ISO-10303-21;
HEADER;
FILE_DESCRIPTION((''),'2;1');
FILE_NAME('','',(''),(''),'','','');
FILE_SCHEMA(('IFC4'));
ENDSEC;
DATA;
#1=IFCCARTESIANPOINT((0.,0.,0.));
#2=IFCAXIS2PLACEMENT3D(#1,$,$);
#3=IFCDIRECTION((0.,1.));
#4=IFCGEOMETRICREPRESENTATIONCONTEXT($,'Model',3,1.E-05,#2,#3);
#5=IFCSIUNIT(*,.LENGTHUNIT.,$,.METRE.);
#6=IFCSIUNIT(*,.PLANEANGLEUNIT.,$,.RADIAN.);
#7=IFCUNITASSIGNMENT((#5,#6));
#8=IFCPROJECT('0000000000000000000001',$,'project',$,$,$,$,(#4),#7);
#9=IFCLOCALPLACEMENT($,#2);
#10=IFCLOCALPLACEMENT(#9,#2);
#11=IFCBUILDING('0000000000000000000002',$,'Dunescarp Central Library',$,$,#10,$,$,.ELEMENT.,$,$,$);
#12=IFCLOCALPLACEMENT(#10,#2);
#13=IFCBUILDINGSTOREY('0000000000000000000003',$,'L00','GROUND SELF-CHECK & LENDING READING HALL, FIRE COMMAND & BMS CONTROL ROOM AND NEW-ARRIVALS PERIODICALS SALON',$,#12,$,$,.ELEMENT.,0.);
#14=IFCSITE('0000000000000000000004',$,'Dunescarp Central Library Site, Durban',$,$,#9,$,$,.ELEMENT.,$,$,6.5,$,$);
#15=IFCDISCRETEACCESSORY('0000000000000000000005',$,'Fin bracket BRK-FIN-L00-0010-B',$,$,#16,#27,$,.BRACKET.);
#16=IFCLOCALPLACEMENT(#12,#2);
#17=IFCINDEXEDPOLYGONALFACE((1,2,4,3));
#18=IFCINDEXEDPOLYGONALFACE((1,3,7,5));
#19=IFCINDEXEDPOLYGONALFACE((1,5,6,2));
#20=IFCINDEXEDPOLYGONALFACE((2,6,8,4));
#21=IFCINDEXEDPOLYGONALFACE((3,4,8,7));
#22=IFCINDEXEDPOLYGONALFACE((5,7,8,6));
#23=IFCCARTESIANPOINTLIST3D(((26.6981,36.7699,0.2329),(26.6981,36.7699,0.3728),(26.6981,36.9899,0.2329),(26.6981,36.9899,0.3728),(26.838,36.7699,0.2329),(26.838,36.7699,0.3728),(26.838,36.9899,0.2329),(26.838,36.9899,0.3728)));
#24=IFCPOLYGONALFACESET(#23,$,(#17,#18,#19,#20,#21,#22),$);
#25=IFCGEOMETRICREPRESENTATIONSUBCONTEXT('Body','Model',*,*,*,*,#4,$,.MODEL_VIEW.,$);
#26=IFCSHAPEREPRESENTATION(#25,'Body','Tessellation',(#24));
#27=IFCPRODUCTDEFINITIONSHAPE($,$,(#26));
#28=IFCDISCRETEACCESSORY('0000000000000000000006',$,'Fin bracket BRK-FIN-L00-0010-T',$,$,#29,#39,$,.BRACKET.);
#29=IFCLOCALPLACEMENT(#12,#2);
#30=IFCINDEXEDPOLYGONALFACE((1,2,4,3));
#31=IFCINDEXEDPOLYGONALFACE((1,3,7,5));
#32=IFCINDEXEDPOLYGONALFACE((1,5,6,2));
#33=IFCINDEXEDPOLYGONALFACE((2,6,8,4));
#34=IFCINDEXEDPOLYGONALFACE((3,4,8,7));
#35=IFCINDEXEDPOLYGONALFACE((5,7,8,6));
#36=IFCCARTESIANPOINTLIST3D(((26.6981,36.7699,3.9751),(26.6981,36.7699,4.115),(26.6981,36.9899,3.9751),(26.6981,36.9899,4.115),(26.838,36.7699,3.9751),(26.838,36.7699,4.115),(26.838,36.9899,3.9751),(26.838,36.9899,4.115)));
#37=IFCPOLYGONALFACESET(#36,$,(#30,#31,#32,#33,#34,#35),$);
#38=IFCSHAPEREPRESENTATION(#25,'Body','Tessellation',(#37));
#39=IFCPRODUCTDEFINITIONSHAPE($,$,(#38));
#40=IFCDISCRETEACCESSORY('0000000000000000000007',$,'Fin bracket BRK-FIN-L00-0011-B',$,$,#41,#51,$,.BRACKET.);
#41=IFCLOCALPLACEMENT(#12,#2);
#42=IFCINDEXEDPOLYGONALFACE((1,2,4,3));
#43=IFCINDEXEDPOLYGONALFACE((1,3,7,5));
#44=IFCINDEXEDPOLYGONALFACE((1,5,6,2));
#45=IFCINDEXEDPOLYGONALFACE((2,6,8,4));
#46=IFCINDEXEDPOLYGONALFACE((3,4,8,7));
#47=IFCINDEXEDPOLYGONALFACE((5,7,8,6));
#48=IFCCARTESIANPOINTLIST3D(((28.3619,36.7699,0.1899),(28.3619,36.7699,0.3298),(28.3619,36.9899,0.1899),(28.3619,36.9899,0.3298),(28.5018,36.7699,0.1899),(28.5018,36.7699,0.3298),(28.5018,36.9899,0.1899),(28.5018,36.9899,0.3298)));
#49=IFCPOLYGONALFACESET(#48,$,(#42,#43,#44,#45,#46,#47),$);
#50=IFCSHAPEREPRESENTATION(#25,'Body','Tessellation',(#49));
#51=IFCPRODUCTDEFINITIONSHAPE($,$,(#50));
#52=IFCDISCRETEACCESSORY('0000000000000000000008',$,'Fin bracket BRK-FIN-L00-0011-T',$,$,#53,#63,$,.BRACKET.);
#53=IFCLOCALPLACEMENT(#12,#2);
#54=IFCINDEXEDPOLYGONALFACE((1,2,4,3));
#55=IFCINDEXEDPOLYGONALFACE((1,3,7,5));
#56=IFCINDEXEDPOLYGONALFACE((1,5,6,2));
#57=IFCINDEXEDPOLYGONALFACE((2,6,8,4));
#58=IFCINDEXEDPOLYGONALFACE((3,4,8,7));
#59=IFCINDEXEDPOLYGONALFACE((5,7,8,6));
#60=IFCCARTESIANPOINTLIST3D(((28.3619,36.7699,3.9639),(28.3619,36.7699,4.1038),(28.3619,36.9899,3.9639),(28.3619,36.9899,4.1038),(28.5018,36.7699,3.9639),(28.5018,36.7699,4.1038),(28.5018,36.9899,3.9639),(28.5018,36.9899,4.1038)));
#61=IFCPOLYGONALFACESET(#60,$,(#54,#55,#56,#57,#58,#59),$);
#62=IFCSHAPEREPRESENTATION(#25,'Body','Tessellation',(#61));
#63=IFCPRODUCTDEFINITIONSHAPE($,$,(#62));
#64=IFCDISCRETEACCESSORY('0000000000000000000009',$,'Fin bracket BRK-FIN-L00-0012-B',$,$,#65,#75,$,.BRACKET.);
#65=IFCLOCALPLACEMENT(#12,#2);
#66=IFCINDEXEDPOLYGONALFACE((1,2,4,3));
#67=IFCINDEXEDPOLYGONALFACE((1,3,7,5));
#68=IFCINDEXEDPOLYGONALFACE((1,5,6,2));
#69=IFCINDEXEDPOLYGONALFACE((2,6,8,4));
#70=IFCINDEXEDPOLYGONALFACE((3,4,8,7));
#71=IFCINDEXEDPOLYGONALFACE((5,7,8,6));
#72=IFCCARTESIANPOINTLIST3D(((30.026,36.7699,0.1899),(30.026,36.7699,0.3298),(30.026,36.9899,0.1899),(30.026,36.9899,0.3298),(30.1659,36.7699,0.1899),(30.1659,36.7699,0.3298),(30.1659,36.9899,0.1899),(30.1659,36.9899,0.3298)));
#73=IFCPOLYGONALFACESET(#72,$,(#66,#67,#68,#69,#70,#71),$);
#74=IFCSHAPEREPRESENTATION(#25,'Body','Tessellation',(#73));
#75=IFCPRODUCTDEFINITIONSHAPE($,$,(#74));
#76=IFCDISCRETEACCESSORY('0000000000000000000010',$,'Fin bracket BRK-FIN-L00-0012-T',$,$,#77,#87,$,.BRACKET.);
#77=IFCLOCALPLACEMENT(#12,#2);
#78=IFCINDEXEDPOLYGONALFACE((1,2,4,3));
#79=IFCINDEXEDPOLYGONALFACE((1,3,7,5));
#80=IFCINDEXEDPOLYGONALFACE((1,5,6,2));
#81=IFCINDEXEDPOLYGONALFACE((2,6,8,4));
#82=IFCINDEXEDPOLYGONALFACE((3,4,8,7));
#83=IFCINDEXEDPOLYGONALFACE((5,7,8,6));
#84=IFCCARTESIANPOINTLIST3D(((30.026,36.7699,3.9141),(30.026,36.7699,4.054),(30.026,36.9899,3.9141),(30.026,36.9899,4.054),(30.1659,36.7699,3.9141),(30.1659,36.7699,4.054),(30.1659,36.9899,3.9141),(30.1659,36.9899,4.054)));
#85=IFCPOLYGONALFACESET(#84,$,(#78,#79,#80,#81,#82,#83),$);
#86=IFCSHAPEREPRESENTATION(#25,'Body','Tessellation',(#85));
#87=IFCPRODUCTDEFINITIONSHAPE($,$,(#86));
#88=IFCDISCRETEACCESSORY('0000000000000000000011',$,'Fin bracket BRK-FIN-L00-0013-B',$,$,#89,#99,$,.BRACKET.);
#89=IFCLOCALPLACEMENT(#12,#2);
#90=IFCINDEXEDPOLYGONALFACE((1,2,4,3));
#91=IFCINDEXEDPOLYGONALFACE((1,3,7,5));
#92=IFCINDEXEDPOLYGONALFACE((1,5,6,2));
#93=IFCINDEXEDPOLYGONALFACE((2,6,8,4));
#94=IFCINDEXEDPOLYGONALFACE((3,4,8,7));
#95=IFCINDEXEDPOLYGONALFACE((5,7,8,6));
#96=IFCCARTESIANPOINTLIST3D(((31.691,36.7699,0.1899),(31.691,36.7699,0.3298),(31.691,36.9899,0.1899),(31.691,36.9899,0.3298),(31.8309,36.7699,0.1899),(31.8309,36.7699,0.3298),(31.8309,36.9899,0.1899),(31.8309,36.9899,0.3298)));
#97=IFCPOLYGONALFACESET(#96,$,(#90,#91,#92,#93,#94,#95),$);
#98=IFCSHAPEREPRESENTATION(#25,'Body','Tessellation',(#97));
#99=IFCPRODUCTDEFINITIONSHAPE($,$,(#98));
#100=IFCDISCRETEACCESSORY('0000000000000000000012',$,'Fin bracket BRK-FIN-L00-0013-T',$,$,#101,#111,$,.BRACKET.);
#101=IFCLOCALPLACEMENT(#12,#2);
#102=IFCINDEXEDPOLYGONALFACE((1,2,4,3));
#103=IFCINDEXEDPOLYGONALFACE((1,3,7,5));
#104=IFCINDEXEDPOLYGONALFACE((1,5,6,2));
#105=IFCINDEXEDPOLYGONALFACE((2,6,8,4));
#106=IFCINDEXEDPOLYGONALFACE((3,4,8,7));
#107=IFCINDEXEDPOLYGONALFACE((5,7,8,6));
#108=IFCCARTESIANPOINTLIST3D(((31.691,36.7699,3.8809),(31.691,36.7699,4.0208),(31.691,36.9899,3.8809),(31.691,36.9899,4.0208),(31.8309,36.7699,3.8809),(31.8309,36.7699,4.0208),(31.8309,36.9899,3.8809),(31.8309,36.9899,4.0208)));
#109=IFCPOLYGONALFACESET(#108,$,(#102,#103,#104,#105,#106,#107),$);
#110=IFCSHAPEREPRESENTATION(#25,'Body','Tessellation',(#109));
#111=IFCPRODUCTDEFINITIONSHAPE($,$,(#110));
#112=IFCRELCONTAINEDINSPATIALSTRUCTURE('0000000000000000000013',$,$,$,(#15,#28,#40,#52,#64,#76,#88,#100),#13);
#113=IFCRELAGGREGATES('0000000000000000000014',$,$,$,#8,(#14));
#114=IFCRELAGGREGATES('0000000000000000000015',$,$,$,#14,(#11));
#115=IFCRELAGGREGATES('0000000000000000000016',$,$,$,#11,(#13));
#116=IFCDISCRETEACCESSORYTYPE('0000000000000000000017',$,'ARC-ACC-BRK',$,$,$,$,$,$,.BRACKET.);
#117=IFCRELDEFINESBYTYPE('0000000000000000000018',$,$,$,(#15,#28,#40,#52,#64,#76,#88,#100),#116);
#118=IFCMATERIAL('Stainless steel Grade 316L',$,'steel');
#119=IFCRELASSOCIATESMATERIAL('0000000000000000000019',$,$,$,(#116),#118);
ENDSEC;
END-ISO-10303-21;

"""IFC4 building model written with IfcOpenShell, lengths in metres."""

from ifc_helpers import new_model, si_unit, direction, frame, origin, origin_2d, place, context, subcontext, project, spatial, rectangle, extrude, material, type_object, element, save


model = new_model("IFC4")

# Units and contexts
model_context = context("Model", 3, precision=1e-05, world=origin(), true_north=direction((0.0, 1.0)))
body_context = subcontext(model_context, "Body", "Model", "MODEL_VIEW")
ifc_project = project(units=[si_unit("LENGTHUNIT", "METRE"), si_unit("PLANEANGLEUNIT", "RADIAN")], contexts=[model_context])

# Site, building, storey
site_placement = place(None, origin())
site = spatial("IfcSite", under=ifc_project, at=site_placement, Name="Dunescarp Central Library Site, Durban", CompositionType="ELEMENT", RefElevation=6.5)
building_placement = place(site_placement, origin())
building = spatial("IfcBuilding", under=site, at=building_placement, Name="Dunescarp Central Library", CompositionType="ELEMENT")
storey_placement = place(building_placement, origin())
storey = spatial("IfcBuildingStorey", under=building, at=storey_placement, Name="L00", Description="GROUND SELF-CHECK & LENDING READING HALL, FIRE COMMAND & BMS CONTROL ROOM AND NEW-ARRIVALS PERIODICALS SALON", CompositionType="ELEMENT", Elevation=0.0)

# Discrete accessories
ifc_material_1 = material(Name="Stainless steel Grade 316L", Category="steel")
discrete_accessory_type = type_object("IfcDiscreteAccessoryType", Name="ARC-ACC-BRK", PredefinedType="BRACKET", material=ifc_material_1)
for number, where, z_axis, x_axis, name in (
    (1, (26.7681, 36.8799, 0.2329), (0.0, 0.0, 1.0), (0.0, 1.0, 0.0), "Fin bracket BRK-FIN-L00-0010-B"),
    (2, (26.7681, 36.8799, 3.9751), (0.0, 0.0, 1.0), (0.0, 1.0, 0.0), "Fin bracket BRK-FIN-L00-0010-T"),
    (3, (28.4319, 36.8799, 0.1899), (0.0, 0.0, 1.0), (0.0, 1.0, 0.0), "Fin bracket BRK-FIN-L00-0011-B"),
    (4, (28.4319, 36.8799, 3.9639), (0.0, 0.0, 1.0), (0.0, 1.0, 0.0), "Fin bracket BRK-FIN-L00-0011-T"),
    (5, (30.0959, 36.8799, 0.1899), (0.0, 0.0, 1.0), (0.0, 1.0, 0.0), "Fin bracket BRK-FIN-L00-0012-B"),
    (6, (30.0959, 36.8799, 3.9141), (0.0, 0.0, 1.0), (0.0, 1.0, 0.0), "Fin bracket BRK-FIN-L00-0012-T"),
    (7, (31.761, 36.8799, 0.1899), (0.0, 0.0, 1.0), (0.0, 1.0, 0.0), "Fin bracket BRK-FIN-L00-0013-B"),
    (8, (31.761, 36.8799, 3.8809), (0.0, 0.0, 1.0), (0.0, 1.0, 0.0), "Fin bracket BRK-FIN-L00-0013-T"),
):
    element("IfcDiscreteAccessory", number, at=place(storey_placement, frame(where, z_axis=z_axis, x_axis=x_axis)), inside=storey, type_object=discrete_accessory_type, Name=name, PredefinedType="BRACKET", context=body_context, shape_type="SweptSolid", body=[
        extrude(rectangle(XDim=0.22, YDim=0.1399, at=origin_2d()), origin(), (0.0, 0.0, 1.0), 0.1399),
    ])

save(model, "model.ifc")
